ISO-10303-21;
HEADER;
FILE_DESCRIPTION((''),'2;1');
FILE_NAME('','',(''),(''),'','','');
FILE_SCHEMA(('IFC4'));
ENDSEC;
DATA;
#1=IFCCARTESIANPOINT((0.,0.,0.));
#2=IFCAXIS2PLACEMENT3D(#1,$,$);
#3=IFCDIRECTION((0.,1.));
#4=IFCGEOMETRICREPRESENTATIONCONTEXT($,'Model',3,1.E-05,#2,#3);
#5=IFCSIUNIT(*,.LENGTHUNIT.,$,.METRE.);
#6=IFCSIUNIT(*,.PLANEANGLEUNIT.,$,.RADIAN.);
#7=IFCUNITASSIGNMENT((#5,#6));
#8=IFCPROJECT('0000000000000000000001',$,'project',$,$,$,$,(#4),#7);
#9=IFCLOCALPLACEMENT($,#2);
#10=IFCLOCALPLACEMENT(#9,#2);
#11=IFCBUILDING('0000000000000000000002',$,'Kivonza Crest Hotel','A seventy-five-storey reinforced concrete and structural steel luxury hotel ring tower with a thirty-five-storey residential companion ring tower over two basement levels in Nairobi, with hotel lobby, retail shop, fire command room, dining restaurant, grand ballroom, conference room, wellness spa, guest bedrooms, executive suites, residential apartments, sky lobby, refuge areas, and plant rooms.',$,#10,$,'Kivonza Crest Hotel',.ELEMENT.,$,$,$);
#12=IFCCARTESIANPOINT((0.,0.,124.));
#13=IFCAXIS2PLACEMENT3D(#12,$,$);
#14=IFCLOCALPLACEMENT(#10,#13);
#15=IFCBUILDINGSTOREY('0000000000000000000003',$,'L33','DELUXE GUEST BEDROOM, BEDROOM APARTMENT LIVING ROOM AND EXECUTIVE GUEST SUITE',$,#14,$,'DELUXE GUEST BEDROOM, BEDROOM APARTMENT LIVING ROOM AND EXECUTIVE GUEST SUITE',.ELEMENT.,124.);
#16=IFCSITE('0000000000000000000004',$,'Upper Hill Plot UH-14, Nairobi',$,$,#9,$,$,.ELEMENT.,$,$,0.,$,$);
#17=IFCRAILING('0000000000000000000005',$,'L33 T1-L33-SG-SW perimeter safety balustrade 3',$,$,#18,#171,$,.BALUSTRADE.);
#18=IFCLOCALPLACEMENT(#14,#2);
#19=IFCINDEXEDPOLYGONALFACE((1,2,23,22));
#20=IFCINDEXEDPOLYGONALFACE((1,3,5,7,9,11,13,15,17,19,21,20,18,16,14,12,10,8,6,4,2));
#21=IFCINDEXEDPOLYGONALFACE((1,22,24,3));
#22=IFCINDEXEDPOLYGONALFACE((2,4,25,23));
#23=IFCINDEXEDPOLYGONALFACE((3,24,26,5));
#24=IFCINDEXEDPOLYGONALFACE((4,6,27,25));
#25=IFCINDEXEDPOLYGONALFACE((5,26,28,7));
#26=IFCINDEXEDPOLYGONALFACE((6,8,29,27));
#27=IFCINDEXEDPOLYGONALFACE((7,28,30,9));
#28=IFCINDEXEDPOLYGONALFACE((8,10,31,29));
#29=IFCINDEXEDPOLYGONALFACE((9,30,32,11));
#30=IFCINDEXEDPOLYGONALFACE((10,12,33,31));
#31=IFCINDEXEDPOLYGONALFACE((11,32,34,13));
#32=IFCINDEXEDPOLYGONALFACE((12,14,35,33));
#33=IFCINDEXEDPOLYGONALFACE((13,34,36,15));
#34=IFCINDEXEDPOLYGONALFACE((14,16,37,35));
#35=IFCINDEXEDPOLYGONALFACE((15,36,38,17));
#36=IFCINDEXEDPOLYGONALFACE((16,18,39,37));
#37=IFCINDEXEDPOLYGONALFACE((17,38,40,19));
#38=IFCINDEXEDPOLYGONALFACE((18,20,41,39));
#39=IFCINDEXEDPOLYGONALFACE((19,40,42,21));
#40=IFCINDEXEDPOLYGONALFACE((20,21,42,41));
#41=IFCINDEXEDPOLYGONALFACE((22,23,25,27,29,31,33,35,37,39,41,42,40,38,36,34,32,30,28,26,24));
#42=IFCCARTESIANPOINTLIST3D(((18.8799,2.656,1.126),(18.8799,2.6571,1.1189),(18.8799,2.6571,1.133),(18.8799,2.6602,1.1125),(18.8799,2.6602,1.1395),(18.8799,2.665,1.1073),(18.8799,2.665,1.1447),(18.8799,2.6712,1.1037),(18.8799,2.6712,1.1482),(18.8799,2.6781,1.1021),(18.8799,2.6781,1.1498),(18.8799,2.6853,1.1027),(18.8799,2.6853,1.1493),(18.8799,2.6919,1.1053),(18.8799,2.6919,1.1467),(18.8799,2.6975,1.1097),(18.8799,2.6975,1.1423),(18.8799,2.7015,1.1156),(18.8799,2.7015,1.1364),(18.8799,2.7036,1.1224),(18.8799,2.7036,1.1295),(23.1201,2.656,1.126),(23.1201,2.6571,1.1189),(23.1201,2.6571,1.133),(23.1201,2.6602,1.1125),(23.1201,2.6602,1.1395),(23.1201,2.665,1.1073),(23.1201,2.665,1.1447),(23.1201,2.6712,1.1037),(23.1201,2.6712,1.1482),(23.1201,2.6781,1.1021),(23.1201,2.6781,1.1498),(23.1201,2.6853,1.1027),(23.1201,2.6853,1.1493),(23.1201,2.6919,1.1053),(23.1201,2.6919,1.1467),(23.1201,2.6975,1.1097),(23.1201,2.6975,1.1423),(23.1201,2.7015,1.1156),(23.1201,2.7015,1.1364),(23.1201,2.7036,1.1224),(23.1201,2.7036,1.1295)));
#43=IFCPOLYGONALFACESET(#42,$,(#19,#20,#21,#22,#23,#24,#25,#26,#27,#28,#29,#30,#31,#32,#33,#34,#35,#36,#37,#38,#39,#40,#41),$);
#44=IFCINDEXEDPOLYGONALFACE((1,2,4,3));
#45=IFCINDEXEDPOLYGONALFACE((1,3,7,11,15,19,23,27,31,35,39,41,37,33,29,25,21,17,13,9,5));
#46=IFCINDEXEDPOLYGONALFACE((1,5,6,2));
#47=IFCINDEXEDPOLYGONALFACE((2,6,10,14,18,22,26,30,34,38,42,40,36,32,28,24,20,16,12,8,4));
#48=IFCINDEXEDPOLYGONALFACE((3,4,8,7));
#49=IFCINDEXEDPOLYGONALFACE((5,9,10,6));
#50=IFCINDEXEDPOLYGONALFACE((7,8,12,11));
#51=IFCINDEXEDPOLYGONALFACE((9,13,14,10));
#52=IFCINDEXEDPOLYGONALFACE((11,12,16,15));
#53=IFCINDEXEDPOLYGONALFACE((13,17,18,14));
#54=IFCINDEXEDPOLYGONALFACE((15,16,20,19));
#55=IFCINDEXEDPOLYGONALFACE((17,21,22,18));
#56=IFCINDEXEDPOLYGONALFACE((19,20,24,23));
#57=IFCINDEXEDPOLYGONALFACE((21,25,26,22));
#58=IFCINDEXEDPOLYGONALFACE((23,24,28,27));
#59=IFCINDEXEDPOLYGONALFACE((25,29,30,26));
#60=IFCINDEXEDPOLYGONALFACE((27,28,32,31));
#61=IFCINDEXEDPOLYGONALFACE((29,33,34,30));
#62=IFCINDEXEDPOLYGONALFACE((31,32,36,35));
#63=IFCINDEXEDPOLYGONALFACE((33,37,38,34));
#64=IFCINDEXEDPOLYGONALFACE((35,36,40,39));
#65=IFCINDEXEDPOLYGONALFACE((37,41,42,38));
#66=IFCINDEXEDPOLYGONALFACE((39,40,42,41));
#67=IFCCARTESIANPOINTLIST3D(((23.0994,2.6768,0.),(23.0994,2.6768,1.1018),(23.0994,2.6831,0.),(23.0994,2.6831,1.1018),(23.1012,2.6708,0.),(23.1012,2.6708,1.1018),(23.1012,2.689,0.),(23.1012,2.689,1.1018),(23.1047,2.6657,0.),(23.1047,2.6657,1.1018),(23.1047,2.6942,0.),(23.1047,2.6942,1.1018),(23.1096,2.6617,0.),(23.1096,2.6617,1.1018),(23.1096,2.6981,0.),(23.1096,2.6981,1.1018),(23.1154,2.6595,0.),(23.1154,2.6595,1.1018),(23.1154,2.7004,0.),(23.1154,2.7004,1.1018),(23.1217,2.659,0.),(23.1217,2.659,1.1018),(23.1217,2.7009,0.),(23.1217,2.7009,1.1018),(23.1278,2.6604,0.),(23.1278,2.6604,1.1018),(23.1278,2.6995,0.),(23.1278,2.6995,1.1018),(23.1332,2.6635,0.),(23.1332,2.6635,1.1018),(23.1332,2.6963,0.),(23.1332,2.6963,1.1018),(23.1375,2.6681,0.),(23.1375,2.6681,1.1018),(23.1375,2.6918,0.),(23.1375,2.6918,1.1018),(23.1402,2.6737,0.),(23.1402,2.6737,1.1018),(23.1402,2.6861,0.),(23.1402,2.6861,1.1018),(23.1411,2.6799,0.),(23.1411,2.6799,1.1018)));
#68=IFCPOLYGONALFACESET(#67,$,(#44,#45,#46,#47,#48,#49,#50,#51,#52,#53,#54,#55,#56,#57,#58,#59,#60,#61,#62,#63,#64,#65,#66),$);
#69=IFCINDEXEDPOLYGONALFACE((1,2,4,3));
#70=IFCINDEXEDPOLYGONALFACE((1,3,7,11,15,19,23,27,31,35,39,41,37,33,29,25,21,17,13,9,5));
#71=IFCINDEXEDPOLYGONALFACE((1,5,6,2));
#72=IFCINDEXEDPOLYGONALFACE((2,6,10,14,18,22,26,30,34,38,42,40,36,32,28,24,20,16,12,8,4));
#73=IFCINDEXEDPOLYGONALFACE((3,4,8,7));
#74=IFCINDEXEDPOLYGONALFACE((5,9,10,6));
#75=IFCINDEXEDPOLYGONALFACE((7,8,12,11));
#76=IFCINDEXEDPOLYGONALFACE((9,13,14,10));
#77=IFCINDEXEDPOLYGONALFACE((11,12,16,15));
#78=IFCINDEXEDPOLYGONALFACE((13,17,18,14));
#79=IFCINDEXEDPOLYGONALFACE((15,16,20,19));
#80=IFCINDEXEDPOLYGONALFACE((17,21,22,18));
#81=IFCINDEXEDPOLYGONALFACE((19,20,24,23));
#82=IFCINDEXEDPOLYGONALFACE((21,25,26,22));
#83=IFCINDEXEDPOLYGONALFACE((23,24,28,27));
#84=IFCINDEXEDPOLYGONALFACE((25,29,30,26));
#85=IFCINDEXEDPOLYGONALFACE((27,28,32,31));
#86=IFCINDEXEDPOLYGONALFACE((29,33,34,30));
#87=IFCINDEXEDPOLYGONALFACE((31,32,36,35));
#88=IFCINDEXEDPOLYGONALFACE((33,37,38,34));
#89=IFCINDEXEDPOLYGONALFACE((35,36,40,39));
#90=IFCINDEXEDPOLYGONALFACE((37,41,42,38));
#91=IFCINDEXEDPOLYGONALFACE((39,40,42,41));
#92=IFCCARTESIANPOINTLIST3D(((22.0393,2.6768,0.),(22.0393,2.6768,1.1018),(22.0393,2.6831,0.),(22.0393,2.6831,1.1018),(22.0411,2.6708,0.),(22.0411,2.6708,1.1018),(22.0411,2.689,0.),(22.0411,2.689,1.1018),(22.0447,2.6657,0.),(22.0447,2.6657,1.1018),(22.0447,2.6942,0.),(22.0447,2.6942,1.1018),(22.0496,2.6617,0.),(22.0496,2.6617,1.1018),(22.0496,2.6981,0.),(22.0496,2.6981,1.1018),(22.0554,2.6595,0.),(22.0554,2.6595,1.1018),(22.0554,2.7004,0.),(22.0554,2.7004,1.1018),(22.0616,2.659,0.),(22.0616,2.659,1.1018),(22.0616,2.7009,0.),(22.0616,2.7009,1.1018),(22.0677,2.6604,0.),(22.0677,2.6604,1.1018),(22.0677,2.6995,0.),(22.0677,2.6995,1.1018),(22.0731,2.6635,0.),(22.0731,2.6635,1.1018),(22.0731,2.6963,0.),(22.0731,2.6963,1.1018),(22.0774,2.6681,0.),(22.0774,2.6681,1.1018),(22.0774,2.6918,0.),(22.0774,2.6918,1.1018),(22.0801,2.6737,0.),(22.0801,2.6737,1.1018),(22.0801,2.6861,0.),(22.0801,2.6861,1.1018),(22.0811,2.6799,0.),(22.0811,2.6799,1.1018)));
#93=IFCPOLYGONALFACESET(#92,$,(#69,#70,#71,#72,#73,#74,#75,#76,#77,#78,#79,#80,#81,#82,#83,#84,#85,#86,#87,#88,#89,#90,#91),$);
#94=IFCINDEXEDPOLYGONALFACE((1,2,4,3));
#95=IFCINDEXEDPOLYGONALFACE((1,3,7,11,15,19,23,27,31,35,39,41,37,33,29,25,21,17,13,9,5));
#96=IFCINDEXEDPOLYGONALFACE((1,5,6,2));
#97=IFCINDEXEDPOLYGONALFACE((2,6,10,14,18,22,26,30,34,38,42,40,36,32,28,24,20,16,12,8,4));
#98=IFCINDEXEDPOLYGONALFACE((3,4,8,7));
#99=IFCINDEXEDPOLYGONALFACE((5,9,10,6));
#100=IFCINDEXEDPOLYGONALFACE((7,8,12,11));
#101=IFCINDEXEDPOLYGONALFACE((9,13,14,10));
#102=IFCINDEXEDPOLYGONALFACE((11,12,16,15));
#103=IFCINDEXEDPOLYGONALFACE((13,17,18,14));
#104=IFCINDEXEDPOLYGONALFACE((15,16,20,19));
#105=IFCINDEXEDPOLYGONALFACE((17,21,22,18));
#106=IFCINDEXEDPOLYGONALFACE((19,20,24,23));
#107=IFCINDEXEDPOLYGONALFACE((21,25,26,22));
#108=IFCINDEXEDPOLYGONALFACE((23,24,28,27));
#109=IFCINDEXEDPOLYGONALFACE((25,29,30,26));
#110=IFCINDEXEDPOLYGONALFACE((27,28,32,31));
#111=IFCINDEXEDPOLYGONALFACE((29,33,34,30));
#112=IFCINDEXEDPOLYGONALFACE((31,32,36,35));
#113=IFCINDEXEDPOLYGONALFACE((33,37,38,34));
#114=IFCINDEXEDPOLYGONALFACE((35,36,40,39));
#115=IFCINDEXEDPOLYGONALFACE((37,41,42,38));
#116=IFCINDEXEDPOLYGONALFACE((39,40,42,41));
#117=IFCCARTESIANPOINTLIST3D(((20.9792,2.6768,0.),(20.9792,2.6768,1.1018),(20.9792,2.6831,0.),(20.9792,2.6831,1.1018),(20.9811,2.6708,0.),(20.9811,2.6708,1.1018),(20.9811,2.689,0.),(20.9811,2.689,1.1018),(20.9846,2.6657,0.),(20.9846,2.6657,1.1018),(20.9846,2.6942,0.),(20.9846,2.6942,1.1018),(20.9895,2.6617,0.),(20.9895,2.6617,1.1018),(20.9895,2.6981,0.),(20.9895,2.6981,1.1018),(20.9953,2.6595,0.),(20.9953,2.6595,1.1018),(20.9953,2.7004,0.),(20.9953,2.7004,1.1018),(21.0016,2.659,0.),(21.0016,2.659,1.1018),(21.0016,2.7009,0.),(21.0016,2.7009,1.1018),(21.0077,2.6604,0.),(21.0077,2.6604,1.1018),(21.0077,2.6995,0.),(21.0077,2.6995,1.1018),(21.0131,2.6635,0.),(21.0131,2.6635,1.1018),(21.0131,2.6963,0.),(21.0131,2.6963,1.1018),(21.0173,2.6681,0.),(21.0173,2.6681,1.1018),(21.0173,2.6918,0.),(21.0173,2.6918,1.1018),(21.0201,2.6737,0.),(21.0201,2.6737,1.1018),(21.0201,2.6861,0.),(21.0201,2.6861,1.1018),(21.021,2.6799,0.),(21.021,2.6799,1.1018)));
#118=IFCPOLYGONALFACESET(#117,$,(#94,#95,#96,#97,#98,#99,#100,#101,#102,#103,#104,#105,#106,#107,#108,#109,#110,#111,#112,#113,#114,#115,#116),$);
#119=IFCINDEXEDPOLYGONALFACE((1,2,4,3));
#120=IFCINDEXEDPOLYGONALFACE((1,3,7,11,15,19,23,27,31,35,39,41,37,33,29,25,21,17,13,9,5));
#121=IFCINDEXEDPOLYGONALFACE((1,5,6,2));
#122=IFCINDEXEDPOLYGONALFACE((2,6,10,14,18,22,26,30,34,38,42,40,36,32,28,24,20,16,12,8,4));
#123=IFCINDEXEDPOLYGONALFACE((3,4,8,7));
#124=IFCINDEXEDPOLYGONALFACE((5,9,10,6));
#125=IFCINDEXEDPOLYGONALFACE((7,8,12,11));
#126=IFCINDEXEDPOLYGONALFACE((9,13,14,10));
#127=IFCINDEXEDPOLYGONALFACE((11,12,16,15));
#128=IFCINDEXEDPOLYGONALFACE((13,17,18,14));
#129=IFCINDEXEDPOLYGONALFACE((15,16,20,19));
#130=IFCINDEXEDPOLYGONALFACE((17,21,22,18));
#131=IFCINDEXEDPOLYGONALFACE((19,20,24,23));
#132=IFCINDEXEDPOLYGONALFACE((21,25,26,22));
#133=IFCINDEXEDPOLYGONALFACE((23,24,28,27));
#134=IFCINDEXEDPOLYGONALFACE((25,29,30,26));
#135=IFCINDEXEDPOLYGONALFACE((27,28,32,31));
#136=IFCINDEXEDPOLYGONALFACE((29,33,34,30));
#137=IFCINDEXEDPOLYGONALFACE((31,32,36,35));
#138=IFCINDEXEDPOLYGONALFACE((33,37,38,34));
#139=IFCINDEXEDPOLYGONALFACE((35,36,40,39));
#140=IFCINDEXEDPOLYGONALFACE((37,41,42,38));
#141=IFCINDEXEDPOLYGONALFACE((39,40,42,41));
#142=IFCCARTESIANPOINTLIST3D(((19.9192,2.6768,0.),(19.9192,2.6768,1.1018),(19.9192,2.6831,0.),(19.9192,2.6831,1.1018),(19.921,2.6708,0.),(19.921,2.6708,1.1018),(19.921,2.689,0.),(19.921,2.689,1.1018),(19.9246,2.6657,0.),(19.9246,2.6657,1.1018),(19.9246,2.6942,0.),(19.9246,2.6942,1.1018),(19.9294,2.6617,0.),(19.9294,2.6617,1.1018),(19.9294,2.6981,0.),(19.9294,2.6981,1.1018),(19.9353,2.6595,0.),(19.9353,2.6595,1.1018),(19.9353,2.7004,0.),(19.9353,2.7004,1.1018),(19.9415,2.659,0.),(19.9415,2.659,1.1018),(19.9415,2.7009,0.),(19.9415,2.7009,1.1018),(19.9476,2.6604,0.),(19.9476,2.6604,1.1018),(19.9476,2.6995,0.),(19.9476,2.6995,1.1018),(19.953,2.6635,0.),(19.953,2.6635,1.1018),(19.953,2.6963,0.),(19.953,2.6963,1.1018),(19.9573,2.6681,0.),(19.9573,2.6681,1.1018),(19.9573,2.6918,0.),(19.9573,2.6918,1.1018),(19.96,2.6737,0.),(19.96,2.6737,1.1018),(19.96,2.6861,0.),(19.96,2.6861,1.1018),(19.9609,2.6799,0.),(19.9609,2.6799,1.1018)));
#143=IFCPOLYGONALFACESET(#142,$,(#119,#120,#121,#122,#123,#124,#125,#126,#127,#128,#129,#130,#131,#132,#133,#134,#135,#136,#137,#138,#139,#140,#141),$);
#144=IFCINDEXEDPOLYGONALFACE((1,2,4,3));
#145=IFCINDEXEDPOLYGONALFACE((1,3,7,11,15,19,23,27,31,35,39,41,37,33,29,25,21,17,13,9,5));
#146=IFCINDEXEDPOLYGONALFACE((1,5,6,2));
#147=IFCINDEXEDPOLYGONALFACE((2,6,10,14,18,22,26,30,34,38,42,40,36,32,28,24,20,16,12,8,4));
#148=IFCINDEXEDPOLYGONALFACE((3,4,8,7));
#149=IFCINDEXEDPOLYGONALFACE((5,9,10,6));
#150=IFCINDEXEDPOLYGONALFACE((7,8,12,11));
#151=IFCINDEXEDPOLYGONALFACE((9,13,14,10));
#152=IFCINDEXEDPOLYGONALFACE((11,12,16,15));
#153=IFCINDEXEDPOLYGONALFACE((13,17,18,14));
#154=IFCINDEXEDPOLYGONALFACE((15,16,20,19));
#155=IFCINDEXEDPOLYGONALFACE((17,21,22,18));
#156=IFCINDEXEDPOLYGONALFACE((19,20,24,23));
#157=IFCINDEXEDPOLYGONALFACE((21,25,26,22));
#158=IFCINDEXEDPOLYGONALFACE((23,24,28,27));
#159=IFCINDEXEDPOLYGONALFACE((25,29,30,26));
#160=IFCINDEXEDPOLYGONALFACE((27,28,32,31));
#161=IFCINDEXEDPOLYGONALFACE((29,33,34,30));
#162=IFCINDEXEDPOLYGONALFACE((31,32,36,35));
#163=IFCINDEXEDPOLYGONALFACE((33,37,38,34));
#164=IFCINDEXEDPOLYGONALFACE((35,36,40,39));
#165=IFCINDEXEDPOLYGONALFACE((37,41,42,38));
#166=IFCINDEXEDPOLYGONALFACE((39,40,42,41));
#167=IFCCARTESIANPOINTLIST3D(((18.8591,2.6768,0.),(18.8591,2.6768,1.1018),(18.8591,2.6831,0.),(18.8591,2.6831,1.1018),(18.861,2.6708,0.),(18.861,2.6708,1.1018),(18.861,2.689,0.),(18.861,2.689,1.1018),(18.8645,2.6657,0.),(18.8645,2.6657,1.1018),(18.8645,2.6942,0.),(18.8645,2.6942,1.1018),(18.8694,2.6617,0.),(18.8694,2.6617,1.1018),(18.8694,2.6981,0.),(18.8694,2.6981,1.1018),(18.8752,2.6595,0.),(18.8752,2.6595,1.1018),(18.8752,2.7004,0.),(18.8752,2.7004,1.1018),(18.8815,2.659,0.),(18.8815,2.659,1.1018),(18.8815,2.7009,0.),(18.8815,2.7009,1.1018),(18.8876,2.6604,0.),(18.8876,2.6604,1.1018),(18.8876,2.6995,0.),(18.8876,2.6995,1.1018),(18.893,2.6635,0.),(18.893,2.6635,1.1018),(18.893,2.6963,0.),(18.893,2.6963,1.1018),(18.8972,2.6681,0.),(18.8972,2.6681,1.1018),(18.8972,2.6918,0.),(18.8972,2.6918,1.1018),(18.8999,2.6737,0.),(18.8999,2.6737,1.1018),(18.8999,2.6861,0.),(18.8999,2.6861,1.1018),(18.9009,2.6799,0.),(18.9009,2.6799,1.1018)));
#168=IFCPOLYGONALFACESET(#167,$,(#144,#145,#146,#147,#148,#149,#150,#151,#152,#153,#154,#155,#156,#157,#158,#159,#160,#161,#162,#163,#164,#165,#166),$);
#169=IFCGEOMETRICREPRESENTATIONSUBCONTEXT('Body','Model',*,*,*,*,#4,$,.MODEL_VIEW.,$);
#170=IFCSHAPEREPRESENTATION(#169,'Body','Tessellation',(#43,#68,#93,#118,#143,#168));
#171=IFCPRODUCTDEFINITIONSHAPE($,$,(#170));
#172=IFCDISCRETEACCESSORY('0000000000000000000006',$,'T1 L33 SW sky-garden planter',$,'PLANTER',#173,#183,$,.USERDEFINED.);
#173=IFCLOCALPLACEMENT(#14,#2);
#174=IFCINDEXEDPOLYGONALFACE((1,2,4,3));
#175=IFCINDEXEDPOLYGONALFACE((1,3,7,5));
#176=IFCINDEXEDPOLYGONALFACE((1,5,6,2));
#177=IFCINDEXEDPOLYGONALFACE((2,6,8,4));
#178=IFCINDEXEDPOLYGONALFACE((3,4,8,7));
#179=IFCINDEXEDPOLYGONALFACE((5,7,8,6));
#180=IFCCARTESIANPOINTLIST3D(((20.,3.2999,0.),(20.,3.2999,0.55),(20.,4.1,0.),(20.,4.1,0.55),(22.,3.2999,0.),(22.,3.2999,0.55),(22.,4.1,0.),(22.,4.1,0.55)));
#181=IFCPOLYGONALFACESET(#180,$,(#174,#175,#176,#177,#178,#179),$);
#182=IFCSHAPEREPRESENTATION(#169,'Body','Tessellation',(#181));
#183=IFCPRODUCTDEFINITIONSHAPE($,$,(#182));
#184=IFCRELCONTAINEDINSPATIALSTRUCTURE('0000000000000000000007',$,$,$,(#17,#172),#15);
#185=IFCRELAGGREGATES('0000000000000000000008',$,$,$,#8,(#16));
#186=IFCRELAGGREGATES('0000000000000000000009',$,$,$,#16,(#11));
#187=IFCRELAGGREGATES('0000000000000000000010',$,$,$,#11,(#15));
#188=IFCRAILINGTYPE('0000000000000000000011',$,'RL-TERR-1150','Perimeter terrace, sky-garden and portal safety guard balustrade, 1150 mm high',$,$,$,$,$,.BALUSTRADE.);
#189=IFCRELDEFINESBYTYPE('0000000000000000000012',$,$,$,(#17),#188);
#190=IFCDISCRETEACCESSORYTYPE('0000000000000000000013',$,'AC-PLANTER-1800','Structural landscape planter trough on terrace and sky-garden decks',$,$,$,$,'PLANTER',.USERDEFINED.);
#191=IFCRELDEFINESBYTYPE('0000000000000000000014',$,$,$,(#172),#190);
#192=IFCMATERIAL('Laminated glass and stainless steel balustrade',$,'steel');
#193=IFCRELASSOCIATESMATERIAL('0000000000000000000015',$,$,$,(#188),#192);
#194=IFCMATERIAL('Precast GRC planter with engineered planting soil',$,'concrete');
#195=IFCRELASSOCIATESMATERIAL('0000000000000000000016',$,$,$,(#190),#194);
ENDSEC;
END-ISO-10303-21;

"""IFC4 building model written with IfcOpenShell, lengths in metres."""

from ifc_helpers import new_model, si_unit, direction, frame, origin, origin_2d, place, context, subcontext, project, spatial, rectangle, circle, extrude, material, type_object, element, save


model = new_model("IFC4")

# Units and contexts
model_context = context("Model", 3, precision=1e-05, world=origin(), true_north=direction((0.0, 1.0)))
body_context = subcontext(model_context, "Body", "Model", "MODEL_VIEW")
ifc_project = project(units=[si_unit("LENGTHUNIT", "METRE"), si_unit("PLANEANGLEUNIT", "RADIAN")], contexts=[model_context])

# Site, building, storey
site_placement = place(None, origin())
site = spatial("IfcSite", under=ifc_project, at=site_placement, Name="Upper Hill Plot UH-14, Nairobi", CompositionType="ELEMENT", RefElevation=0.0)
building_placement = place(site_placement, origin())
building = spatial("IfcBuilding", under=site, at=building_placement, Name="Kivonza Crest Hotel", Description="A seventy-five-storey reinforced concrete and structural steel luxury hotel ring tower with a thirty-five-storey residential companion ring tower over two basement levels in Nairobi, with hotel lobby, retail shop, fire command room, dining restaurant, grand ballroom, conference room, wellness spa, guest bedrooms, executive suites, residential apartments, sky lobby, refuge areas, and plant rooms.", LongName="Kivonza Crest Hotel", CompositionType="ELEMENT")
storey_placement = place(building_placement, frame((0.0, 0.0, 124.0)))
storey = spatial("IfcBuildingStorey", under=building, at=storey_placement, Name="L33", Description="DELUXE GUEST BEDROOM, BEDROOM APARTMENT LIVING ROOM AND EXECUTIVE GUEST SUITE", LongName="DELUXE GUEST BEDROOM, BEDROOM APARTMENT LIVING ROOM AND EXECUTIVE GUEST SUITE", CompositionType="ELEMENT", Elevation=124.0)

# Railing
ifc_material_1 = material(Name="Laminated glass and stainless steel balustrade", Category="steel")
railing_type = type_object("IfcRailingType", Name="RL-TERR-1150", Description="Perimeter terrace, sky-garden and portal safety guard balustrade, 1150 mm high", PredefinedType="BALUSTRADE", material=ifc_material_1)
railing_1_placement = place(storey_placement, frame((23.1201, 2.6799, 0.0)))
element("IfcRailing", 1, at=railing_1_placement, inside=storey, type_object=railing_type, Name="L33 T1-L33-SG-SW perimeter safety balustrade 3", PredefinedType="BALUSTRADE", context=body_context, shape_type="SweptSolid", body=[
    extrude(circle(Radius=0.0239, at=origin_2d()), frame((0.0, 0.0, 1.126), z_axis=(-1.0, 0.0, 0.0), x_axis=(0.0, -1.0, 0.0)), (0.0, 0.0, 1.0), 4.2402),
    extrude(circle(Radius=0.021, at=origin_2d()), origin(), (0.0, 0.0, 1.0), 1.1018),
    extrude(circle(Radius=0.021, at=origin_2d()), frame((-1.0601, 0.0, 0.0)), (0.0, 0.0, 1.0), 1.1018),
    extrude(circle(Radius=0.021, at=origin_2d()), frame((-2.1201, 0.0, 0.0)), (0.0, 0.0, 1.0), 1.1018),
    extrude(circle(Radius=0.021, at=origin_2d()), frame((-3.1802, 0.0, 0.0)), (0.0, 0.0, 1.0), 1.1018),
    extrude(circle(Radius=0.021, at=origin_2d()), frame((-4.2402, 0.0, 0.0)), (0.0, 0.0, 1.0), 1.1018),
])

# Discrete accessory
ifc_material_2 = material(Name="Precast GRC planter with engineered planting soil", Category="concrete")
discrete_accessory_type = type_object("IfcDiscreteAccessoryType", Name="AC-PLANTER-1800", Description="Structural landscape planter trough on terrace and sky-garden decks", ElementType="PLANTER", PredefinedType="USERDEFINED", material=ifc_material_2)
discrete_accessory_placement = place(storey_placement, frame((21.0, 3.7, 0.0), z_axis=(0.0, 0.0, 1.0), x_axis=(1.0, 0.0, 0.0)))
element("IfcDiscreteAccessory", 2, at=discrete_accessory_placement, inside=storey, type_object=discrete_accessory_type, Name="T1 L33 SW sky-garden planter", ObjectType="PLANTER", PredefinedType="USERDEFINED", context=body_context, shape_type="SweptSolid", body=[
    extrude(rectangle(XDim=2.0, YDim=0.8, at=origin_2d()), origin(), (0.0, 0.0, 1.0), 0.55),
])

save(model, "model.ifc")
